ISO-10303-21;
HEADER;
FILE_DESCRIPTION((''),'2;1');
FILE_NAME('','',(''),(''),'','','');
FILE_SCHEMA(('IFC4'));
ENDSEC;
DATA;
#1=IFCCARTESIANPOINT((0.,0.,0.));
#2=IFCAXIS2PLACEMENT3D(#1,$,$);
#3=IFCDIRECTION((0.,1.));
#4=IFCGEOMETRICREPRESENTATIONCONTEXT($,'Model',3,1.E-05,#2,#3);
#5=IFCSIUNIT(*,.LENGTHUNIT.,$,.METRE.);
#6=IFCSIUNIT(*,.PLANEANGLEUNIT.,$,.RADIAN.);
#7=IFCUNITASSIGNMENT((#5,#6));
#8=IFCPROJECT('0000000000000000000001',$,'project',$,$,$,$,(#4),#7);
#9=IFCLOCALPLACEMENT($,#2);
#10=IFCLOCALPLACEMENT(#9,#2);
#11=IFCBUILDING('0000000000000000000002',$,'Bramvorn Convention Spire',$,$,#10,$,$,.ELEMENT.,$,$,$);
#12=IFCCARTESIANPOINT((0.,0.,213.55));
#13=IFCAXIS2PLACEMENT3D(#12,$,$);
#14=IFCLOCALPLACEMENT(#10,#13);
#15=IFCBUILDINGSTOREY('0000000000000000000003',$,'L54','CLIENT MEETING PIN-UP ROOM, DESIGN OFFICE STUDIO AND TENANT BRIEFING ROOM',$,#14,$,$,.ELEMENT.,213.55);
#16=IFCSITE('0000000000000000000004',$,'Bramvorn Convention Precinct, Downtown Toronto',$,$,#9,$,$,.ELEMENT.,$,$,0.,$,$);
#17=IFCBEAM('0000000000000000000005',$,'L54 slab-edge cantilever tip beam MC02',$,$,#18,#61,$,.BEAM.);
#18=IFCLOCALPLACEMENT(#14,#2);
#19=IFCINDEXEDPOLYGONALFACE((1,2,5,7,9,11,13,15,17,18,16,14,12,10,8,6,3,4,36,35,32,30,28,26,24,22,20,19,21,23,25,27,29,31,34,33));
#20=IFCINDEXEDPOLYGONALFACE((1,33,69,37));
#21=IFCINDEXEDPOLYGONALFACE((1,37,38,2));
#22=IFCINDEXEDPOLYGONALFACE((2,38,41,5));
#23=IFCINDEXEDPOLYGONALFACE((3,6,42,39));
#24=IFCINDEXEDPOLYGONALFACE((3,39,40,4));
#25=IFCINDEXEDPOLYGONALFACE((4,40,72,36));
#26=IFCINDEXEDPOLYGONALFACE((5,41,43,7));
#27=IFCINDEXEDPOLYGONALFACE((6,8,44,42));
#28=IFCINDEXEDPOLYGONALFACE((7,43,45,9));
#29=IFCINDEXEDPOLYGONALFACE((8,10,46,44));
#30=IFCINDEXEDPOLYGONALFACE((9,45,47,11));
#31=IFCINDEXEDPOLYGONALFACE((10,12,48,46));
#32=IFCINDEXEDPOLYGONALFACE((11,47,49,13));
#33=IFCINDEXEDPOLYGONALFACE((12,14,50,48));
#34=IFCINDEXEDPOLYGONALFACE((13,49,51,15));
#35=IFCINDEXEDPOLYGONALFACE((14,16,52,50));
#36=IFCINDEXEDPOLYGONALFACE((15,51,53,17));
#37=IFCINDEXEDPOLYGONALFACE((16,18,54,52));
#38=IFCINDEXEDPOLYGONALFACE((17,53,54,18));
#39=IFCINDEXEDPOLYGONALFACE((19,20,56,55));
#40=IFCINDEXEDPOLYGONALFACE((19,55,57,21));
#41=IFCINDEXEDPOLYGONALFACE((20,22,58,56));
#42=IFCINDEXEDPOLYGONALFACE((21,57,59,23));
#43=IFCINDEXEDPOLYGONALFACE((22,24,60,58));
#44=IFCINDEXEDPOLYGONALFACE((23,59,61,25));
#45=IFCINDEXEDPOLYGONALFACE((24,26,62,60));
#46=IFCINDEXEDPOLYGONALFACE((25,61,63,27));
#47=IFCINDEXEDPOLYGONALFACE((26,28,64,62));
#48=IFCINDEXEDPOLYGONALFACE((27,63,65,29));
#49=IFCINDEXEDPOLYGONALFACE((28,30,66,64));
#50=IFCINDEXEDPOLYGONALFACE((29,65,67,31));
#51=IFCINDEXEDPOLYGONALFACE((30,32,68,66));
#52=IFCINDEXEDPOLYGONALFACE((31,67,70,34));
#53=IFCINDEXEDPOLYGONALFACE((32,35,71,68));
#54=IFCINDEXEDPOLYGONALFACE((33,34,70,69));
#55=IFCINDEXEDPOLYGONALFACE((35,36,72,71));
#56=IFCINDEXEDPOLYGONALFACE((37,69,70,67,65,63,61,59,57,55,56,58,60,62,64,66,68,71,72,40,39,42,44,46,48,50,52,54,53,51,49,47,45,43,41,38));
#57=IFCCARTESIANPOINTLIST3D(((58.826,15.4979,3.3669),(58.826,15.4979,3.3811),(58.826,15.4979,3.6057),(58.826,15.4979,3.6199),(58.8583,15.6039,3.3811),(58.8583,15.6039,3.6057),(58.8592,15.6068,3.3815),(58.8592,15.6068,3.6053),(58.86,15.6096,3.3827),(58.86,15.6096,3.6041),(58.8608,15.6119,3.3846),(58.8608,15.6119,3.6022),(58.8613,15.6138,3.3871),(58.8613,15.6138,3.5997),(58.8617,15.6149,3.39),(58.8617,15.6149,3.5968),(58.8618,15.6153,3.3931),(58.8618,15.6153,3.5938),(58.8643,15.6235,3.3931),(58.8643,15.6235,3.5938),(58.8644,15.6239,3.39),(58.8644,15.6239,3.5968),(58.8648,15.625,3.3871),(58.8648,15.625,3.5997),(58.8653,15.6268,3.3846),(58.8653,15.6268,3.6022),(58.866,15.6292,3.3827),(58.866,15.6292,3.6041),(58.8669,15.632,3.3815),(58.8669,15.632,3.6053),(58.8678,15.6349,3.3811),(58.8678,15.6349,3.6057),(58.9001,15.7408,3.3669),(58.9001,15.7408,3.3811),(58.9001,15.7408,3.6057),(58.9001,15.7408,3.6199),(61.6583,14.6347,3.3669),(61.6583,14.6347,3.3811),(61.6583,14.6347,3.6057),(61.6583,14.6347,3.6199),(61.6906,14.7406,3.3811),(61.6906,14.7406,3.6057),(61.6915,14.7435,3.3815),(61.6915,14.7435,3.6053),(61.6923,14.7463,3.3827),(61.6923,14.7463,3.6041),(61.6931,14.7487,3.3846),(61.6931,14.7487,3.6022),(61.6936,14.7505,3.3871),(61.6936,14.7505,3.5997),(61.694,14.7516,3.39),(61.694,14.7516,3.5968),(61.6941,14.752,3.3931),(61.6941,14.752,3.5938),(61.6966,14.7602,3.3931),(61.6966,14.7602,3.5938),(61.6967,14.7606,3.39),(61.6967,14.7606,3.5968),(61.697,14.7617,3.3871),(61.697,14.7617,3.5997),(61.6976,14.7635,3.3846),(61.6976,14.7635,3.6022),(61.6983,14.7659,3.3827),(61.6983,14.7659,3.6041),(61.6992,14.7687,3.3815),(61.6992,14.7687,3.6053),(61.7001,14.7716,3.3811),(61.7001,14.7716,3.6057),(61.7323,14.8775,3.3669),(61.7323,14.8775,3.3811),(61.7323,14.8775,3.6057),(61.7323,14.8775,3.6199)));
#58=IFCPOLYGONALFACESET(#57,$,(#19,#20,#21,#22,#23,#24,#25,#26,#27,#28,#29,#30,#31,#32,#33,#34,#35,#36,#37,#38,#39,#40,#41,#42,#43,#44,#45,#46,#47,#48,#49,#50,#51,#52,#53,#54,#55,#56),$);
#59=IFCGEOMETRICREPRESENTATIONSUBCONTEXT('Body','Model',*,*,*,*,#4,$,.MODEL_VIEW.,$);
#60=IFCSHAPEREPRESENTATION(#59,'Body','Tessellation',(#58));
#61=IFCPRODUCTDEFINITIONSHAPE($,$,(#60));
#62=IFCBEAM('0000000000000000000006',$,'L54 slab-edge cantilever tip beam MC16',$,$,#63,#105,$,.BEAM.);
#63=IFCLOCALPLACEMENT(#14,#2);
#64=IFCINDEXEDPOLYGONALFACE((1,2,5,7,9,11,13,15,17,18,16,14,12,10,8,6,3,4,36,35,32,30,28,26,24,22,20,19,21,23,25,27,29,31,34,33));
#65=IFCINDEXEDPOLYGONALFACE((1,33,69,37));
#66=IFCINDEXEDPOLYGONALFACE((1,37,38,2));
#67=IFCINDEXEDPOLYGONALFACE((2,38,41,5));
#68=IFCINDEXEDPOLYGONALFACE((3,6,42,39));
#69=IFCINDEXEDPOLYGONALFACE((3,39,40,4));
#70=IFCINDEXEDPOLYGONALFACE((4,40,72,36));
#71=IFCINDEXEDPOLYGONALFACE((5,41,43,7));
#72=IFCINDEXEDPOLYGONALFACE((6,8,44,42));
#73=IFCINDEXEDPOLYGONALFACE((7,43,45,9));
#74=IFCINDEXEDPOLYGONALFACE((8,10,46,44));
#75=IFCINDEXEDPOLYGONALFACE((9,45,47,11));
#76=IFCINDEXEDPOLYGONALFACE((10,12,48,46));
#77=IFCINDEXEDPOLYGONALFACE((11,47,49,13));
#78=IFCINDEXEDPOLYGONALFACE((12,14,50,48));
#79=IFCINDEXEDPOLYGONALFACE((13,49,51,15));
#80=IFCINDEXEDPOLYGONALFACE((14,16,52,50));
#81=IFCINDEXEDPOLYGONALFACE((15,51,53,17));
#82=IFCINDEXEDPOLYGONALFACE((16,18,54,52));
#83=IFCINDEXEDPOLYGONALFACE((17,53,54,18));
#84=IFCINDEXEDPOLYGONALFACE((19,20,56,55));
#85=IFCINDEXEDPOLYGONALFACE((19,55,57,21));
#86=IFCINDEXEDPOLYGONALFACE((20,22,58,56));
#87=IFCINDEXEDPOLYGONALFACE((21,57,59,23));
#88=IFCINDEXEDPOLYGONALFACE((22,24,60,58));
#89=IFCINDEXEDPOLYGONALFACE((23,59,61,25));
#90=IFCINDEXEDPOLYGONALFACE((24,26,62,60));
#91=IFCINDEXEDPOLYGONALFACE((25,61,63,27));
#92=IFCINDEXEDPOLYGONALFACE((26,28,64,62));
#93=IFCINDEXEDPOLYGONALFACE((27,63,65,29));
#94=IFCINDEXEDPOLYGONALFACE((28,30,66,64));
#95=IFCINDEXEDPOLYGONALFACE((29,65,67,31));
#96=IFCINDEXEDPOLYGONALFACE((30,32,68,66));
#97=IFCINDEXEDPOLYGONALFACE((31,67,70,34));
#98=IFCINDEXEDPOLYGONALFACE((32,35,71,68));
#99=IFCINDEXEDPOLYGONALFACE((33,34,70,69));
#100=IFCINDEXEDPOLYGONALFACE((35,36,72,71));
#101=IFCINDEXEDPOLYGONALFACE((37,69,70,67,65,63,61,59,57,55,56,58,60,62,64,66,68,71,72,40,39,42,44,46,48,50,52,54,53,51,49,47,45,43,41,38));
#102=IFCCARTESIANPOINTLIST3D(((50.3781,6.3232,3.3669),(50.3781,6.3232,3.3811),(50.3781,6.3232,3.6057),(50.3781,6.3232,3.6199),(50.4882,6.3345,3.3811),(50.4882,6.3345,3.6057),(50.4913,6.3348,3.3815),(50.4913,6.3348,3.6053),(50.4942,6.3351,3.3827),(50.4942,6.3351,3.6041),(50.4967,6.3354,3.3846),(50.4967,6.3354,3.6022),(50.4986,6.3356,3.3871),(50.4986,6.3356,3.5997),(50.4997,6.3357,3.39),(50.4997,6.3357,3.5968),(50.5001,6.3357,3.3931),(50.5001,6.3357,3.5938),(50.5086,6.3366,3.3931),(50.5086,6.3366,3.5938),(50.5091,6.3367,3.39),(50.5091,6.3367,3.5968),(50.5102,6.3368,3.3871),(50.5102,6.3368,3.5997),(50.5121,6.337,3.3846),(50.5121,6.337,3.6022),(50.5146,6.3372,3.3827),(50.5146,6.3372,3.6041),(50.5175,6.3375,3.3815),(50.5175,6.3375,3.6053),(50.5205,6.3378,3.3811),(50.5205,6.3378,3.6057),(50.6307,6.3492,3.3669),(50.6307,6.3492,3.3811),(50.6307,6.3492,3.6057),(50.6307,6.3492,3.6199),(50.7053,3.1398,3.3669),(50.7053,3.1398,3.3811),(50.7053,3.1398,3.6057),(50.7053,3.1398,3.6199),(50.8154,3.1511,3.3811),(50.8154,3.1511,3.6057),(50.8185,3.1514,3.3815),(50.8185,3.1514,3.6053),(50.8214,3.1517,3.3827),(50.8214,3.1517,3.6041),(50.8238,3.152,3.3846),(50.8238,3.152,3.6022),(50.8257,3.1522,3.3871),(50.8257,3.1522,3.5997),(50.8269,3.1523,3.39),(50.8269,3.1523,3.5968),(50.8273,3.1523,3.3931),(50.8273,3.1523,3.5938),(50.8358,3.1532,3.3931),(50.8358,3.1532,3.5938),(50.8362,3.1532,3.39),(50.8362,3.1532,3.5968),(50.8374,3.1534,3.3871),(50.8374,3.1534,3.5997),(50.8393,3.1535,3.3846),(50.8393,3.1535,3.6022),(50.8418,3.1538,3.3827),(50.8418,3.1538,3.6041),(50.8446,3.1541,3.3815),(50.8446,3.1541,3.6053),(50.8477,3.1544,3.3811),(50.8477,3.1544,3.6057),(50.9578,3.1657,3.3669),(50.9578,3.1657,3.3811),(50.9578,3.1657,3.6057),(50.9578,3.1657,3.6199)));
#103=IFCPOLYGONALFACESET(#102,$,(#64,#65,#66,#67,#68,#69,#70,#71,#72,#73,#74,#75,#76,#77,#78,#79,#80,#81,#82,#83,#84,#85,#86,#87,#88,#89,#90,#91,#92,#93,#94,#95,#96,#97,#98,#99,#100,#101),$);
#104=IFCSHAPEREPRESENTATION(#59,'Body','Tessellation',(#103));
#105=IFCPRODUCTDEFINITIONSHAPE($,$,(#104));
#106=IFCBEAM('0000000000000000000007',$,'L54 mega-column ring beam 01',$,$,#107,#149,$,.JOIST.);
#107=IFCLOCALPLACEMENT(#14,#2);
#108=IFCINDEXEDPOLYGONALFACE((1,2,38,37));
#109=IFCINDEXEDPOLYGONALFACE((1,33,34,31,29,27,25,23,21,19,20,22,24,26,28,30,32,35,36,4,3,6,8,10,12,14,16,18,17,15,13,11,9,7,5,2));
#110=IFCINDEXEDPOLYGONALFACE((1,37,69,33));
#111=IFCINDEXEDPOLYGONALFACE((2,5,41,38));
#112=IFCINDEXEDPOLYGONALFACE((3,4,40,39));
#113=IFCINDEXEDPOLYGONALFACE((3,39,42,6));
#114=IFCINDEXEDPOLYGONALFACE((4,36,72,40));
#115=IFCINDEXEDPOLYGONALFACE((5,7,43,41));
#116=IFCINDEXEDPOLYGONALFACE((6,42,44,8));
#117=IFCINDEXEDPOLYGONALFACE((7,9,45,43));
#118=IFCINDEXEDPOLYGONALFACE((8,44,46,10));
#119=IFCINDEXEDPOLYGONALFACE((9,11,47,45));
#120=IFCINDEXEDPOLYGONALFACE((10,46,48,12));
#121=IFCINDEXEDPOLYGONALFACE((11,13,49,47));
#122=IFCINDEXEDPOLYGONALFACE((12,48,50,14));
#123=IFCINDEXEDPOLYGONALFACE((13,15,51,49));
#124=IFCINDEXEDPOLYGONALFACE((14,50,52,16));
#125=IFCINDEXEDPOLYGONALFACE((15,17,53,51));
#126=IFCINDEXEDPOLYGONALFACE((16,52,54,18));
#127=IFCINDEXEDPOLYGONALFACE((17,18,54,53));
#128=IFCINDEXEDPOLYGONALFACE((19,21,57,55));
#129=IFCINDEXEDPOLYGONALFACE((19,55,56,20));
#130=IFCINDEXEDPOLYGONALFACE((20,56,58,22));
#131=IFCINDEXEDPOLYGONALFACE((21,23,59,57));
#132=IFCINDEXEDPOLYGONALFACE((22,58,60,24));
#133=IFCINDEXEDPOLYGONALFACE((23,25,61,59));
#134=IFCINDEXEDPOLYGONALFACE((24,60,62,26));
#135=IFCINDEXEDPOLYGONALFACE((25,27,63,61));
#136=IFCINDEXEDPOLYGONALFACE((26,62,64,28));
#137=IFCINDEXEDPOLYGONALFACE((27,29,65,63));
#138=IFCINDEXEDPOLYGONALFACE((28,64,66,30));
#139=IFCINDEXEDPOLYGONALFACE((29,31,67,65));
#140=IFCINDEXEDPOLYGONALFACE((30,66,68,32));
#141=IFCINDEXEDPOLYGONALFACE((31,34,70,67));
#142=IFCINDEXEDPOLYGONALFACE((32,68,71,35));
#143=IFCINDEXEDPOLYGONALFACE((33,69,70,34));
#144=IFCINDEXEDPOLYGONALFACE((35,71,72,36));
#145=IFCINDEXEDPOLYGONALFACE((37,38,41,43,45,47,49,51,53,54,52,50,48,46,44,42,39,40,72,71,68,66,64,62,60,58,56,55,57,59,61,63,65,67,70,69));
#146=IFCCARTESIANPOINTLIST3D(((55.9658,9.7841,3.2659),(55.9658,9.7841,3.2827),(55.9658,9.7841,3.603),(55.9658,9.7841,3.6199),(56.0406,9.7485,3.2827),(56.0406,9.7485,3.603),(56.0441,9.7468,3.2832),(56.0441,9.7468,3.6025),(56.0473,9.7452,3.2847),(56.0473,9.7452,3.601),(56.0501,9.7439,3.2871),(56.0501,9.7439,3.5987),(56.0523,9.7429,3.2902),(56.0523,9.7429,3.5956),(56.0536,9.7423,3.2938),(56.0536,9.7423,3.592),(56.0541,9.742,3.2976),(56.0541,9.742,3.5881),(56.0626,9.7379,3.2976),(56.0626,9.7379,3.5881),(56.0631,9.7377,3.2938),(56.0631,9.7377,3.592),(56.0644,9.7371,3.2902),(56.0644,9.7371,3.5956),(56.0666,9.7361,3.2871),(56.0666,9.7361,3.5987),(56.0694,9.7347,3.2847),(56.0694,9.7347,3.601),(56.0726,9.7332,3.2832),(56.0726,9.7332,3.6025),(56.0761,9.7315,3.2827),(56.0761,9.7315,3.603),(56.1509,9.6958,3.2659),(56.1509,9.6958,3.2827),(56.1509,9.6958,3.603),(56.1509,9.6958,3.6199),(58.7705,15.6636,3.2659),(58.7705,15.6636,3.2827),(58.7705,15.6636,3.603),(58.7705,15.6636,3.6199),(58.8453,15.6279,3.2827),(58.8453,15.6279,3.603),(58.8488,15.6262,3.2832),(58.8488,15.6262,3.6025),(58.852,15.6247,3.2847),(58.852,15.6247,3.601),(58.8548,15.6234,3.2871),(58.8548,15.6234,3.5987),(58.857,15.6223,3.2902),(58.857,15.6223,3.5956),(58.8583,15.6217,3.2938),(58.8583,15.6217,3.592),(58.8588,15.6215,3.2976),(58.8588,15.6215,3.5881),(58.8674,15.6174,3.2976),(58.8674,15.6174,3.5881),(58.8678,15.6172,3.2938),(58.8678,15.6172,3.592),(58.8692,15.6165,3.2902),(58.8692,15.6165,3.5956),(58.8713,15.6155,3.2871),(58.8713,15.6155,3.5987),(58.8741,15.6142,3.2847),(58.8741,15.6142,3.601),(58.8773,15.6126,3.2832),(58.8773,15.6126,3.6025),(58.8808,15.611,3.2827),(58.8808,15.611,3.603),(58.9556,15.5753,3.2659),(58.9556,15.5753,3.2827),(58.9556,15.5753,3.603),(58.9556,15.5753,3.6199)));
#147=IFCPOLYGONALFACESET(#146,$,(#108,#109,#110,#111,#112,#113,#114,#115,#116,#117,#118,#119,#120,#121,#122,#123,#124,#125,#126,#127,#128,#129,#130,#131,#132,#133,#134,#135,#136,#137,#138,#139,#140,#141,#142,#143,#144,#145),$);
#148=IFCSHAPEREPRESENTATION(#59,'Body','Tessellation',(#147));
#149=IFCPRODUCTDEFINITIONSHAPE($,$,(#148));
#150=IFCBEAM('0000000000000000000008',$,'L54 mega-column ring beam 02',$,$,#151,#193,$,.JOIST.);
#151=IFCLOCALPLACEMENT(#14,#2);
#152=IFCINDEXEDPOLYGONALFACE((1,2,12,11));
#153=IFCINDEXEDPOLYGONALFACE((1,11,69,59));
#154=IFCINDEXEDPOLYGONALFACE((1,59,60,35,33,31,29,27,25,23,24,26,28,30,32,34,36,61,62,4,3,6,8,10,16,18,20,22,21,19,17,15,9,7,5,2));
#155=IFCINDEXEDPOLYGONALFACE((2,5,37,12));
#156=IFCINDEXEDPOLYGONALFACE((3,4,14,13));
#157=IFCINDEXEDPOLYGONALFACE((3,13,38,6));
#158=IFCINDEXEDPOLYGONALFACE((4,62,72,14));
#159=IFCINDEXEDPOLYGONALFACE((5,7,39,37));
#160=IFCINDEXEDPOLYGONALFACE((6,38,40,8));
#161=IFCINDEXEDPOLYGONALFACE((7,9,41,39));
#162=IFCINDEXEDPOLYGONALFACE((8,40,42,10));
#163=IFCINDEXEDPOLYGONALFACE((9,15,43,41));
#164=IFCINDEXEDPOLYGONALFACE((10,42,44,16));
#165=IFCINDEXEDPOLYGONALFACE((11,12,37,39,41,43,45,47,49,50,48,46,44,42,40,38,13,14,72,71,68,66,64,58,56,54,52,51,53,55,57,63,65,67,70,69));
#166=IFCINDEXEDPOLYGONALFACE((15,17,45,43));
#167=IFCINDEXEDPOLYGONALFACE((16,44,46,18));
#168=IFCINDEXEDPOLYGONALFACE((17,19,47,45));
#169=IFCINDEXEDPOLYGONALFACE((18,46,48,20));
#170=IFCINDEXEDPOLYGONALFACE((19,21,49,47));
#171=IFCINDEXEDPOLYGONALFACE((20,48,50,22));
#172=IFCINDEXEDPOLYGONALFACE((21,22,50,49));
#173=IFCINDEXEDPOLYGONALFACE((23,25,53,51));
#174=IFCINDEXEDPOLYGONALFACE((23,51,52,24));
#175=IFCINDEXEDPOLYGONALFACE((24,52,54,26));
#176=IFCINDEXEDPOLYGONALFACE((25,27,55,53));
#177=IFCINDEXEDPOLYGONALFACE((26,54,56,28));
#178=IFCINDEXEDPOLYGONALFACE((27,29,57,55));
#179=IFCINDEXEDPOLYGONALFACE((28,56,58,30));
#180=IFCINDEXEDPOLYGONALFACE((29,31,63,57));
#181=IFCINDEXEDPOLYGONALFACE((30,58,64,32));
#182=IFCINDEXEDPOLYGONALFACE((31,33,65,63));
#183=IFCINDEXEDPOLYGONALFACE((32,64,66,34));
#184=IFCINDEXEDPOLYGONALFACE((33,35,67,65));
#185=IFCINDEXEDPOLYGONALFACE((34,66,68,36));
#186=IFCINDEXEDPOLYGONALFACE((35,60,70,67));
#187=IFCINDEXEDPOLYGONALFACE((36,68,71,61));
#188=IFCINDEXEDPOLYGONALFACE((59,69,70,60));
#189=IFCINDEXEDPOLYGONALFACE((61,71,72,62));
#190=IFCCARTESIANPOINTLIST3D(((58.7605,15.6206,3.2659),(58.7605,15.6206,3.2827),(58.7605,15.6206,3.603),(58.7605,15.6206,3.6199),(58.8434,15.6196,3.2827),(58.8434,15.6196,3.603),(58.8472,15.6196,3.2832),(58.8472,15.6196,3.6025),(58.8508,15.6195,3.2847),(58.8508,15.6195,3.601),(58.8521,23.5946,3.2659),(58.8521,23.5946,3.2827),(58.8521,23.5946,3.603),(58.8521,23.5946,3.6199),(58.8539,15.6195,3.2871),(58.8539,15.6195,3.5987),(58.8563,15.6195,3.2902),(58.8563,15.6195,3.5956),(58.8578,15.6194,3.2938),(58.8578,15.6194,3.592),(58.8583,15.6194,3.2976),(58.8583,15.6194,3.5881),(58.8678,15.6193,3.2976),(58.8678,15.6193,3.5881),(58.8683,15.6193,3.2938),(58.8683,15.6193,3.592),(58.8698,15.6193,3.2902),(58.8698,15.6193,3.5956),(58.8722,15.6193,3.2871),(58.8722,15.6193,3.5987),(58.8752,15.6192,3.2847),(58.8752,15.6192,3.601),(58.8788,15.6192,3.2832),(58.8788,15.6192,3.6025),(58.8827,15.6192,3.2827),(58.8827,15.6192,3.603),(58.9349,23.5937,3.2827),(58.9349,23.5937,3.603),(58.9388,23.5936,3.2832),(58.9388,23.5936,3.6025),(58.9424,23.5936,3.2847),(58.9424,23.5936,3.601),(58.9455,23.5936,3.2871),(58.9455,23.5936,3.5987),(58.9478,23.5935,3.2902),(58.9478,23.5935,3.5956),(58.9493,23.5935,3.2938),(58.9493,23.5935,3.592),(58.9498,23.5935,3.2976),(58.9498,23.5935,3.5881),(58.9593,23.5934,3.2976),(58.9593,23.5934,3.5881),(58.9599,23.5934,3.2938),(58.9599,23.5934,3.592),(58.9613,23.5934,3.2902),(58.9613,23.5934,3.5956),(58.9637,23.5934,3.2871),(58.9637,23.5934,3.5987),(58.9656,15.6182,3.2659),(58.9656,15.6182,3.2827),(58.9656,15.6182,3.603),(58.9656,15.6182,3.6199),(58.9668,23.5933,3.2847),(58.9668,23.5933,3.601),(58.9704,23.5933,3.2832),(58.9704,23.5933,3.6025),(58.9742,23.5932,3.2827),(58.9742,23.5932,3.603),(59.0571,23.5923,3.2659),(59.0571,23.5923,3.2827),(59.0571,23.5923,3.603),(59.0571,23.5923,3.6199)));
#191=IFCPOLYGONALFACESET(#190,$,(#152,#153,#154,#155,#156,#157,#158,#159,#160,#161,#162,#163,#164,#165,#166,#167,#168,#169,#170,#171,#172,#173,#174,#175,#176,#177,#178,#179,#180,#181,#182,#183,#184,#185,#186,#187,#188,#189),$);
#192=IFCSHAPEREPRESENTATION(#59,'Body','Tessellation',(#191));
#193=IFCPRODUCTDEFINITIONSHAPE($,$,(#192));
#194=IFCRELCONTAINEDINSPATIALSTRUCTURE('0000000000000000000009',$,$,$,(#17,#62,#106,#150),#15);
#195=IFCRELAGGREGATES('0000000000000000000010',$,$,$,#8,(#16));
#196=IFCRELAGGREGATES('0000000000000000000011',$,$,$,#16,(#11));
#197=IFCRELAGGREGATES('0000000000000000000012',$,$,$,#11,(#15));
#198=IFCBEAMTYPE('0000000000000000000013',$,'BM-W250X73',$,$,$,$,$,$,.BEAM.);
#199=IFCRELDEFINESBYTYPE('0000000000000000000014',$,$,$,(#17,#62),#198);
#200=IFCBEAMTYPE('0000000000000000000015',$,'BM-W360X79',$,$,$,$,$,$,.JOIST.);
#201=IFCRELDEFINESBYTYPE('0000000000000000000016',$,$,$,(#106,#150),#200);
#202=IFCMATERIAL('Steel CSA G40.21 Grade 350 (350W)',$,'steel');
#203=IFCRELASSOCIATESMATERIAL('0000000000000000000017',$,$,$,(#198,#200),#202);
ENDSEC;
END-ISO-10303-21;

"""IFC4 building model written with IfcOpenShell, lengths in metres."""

from ifc_helpers import new_model, si_unit, direction, frame, origin, origin_2d, place, context, subcontext, project, spatial, i_section, extrude, material, material_profile, profile_set, type_object, element, save


model = new_model("IFC4")

# Units and contexts
model_context = context("Model", 3, precision=1e-05, world=origin(), true_north=direction((0.0, 1.0)))
body_context = subcontext(model_context, "Body", "Model", "MODEL_VIEW")
ifc_project = project(units=[si_unit("LENGTHUNIT", "METRE"), si_unit("PLANEANGLEUNIT", "RADIAN")], contexts=[model_context])

# Site, building, storey
site_placement = place(None, origin())
site = spatial("IfcSite", under=ifc_project, at=site_placement, Name="Bramvorn Convention Precinct, Downtown Toronto", CompositionType="ELEMENT", RefElevation=0.0)
building_placement = place(site_placement, origin())
building = spatial("IfcBuilding", under=site, at=building_placement, Name="Bramvorn Convention Spire", CompositionType="ELEMENT")
storey_placement = place(building_placement, frame((0.0, 0.0, 213.55)))
storey = spatial("IfcBuildingStorey", under=building, at=storey_placement, Name="L54", Description="CLIENT MEETING PIN-UP ROOM, DESIGN OFFICE STUDIO AND TENANT BRIEFING ROOM", CompositionType="ELEMENT", Elevation=213.55)

# Shared definitions
ifc_material_1 = material(Name="Steel CSA G40.21 Grade 350 (350W)", Category="steel")

# Beams
ifc_material_profile_1 = material_profile(ifc_material_1, i_section(OverallWidth=0.2539, OverallDepth=0.2529, WebThickness=0.0085, FlangeThickness=0.0142, FilletRadius=0.012, at=origin_2d()))
ifc_profile_set_1 = profile_set([ifc_material_profile_1], Name="Steel CSA G40.21 Grade 350 (350W) - W250X73")
beam_type_1 = type_object("IfcBeamType", Name="BM-W250X73", PredefinedType="BEAM", material=ifc_profile_set_1)
beam_1_placement = place(storey_placement, frame((58.863, 15.6194, 3.4934), z_axis=(0.956553, -0.291559, 0.0), x_axis=(0.291559, 0.956553, 0.0)))
element("IfcBeam", 1, at=beam_1_placement, inside=storey, type_object=beam_type_1, Name="L54 slab-edge cantilever tip beam MC02", PredefinedType="BEAM", context=body_context, shape_type="SweptSolid", body=[
    extrude(i_section(OverallWidth=0.2539, OverallDepth=0.2529, WebThickness=0.0085, FlangeThickness=0.0142, FilletRadius=0.012, at=origin_2d()), origin(), (0.0, 0.0, 1.0), 2.9609),
])
beam_2_placement = place(storey_placement, frame((50.5044, 6.3362, 3.4934), z_axis=(0.10223, -0.994761, 0.0), x_axis=(0.994761, 0.10223, 0.0)))
element("IfcBeam", 2, at=beam_2_placement, inside=storey, type_object=beam_type_1, Name="L54 slab-edge cantilever tip beam MC16", PredefinedType="BEAM", context=body_context, shape_type="SweptSolid", body=[
    extrude(i_section(OverallWidth=0.2539, OverallDepth=0.2529, WebThickness=0.0085, FlangeThickness=0.0142, FilletRadius=0.012, at=origin_2d()), origin(), (0.0, 0.0, 1.0), 3.2002),
])
ifc_material_profile_2 = material_profile(ifc_material_1, i_section(OverallWidth=0.2051, OverallDepth=0.354, WebThickness=0.0095, FlangeThickness=0.0168, FilletRadius=0.0149, at=origin_2d()))
ifc_profile_set_2 = profile_set([ifc_material_profile_2], Name="Steel CSA G40.21 Grade 350 (350W) - W360X79")
beam_type_2 = type_object("IfcBeamType", Name="BM-W360X79", PredefinedType="JOIST", material=ifc_profile_set_2)
beam_3_placement = place(storey_placement, frame((56.0583, 9.74, 3.4429), z_axis=(0.430556, 0.902564, 0.0), x_axis=(-0.902564, 0.430556, 0.0)))
element("IfcBeam", 3, at=beam_3_placement, inside=storey, type_object=beam_type_2, Name="L54 mega-column ring beam 01", PredefinedType="JOIST", context=body_context, shape_type="SweptSolid", body=[
    extrude(i_section(OverallWidth=0.2051, OverallDepth=0.354, WebThickness=0.0095, FlangeThickness=0.0168, FilletRadius=0.0149, at=origin_2d()), origin(), (0.0, 0.0, 1.0), 6.5142),
])
beam_4_placement = place(storey_placement, frame((58.863, 15.6194, 3.4429), z_axis=(0.01148, 0.999934, 0.0), x_axis=(-0.999934, 0.01148, 0.0)))
element("IfcBeam", 4, at=beam_4_placement, inside=storey, type_object=beam_type_2, Name="L54 mega-column ring beam 02", PredefinedType="JOIST", context=body_context, shape_type="SweptSolid", body=[
    extrude(i_section(OverallWidth=0.2051, OverallDepth=0.354, WebThickness=0.0095, FlangeThickness=0.0168, FilletRadius=0.0149, at=origin_2d()), origin(), (0.0, 0.0, 1.0), 7.9746),
])

save(model, "model.ifc")
